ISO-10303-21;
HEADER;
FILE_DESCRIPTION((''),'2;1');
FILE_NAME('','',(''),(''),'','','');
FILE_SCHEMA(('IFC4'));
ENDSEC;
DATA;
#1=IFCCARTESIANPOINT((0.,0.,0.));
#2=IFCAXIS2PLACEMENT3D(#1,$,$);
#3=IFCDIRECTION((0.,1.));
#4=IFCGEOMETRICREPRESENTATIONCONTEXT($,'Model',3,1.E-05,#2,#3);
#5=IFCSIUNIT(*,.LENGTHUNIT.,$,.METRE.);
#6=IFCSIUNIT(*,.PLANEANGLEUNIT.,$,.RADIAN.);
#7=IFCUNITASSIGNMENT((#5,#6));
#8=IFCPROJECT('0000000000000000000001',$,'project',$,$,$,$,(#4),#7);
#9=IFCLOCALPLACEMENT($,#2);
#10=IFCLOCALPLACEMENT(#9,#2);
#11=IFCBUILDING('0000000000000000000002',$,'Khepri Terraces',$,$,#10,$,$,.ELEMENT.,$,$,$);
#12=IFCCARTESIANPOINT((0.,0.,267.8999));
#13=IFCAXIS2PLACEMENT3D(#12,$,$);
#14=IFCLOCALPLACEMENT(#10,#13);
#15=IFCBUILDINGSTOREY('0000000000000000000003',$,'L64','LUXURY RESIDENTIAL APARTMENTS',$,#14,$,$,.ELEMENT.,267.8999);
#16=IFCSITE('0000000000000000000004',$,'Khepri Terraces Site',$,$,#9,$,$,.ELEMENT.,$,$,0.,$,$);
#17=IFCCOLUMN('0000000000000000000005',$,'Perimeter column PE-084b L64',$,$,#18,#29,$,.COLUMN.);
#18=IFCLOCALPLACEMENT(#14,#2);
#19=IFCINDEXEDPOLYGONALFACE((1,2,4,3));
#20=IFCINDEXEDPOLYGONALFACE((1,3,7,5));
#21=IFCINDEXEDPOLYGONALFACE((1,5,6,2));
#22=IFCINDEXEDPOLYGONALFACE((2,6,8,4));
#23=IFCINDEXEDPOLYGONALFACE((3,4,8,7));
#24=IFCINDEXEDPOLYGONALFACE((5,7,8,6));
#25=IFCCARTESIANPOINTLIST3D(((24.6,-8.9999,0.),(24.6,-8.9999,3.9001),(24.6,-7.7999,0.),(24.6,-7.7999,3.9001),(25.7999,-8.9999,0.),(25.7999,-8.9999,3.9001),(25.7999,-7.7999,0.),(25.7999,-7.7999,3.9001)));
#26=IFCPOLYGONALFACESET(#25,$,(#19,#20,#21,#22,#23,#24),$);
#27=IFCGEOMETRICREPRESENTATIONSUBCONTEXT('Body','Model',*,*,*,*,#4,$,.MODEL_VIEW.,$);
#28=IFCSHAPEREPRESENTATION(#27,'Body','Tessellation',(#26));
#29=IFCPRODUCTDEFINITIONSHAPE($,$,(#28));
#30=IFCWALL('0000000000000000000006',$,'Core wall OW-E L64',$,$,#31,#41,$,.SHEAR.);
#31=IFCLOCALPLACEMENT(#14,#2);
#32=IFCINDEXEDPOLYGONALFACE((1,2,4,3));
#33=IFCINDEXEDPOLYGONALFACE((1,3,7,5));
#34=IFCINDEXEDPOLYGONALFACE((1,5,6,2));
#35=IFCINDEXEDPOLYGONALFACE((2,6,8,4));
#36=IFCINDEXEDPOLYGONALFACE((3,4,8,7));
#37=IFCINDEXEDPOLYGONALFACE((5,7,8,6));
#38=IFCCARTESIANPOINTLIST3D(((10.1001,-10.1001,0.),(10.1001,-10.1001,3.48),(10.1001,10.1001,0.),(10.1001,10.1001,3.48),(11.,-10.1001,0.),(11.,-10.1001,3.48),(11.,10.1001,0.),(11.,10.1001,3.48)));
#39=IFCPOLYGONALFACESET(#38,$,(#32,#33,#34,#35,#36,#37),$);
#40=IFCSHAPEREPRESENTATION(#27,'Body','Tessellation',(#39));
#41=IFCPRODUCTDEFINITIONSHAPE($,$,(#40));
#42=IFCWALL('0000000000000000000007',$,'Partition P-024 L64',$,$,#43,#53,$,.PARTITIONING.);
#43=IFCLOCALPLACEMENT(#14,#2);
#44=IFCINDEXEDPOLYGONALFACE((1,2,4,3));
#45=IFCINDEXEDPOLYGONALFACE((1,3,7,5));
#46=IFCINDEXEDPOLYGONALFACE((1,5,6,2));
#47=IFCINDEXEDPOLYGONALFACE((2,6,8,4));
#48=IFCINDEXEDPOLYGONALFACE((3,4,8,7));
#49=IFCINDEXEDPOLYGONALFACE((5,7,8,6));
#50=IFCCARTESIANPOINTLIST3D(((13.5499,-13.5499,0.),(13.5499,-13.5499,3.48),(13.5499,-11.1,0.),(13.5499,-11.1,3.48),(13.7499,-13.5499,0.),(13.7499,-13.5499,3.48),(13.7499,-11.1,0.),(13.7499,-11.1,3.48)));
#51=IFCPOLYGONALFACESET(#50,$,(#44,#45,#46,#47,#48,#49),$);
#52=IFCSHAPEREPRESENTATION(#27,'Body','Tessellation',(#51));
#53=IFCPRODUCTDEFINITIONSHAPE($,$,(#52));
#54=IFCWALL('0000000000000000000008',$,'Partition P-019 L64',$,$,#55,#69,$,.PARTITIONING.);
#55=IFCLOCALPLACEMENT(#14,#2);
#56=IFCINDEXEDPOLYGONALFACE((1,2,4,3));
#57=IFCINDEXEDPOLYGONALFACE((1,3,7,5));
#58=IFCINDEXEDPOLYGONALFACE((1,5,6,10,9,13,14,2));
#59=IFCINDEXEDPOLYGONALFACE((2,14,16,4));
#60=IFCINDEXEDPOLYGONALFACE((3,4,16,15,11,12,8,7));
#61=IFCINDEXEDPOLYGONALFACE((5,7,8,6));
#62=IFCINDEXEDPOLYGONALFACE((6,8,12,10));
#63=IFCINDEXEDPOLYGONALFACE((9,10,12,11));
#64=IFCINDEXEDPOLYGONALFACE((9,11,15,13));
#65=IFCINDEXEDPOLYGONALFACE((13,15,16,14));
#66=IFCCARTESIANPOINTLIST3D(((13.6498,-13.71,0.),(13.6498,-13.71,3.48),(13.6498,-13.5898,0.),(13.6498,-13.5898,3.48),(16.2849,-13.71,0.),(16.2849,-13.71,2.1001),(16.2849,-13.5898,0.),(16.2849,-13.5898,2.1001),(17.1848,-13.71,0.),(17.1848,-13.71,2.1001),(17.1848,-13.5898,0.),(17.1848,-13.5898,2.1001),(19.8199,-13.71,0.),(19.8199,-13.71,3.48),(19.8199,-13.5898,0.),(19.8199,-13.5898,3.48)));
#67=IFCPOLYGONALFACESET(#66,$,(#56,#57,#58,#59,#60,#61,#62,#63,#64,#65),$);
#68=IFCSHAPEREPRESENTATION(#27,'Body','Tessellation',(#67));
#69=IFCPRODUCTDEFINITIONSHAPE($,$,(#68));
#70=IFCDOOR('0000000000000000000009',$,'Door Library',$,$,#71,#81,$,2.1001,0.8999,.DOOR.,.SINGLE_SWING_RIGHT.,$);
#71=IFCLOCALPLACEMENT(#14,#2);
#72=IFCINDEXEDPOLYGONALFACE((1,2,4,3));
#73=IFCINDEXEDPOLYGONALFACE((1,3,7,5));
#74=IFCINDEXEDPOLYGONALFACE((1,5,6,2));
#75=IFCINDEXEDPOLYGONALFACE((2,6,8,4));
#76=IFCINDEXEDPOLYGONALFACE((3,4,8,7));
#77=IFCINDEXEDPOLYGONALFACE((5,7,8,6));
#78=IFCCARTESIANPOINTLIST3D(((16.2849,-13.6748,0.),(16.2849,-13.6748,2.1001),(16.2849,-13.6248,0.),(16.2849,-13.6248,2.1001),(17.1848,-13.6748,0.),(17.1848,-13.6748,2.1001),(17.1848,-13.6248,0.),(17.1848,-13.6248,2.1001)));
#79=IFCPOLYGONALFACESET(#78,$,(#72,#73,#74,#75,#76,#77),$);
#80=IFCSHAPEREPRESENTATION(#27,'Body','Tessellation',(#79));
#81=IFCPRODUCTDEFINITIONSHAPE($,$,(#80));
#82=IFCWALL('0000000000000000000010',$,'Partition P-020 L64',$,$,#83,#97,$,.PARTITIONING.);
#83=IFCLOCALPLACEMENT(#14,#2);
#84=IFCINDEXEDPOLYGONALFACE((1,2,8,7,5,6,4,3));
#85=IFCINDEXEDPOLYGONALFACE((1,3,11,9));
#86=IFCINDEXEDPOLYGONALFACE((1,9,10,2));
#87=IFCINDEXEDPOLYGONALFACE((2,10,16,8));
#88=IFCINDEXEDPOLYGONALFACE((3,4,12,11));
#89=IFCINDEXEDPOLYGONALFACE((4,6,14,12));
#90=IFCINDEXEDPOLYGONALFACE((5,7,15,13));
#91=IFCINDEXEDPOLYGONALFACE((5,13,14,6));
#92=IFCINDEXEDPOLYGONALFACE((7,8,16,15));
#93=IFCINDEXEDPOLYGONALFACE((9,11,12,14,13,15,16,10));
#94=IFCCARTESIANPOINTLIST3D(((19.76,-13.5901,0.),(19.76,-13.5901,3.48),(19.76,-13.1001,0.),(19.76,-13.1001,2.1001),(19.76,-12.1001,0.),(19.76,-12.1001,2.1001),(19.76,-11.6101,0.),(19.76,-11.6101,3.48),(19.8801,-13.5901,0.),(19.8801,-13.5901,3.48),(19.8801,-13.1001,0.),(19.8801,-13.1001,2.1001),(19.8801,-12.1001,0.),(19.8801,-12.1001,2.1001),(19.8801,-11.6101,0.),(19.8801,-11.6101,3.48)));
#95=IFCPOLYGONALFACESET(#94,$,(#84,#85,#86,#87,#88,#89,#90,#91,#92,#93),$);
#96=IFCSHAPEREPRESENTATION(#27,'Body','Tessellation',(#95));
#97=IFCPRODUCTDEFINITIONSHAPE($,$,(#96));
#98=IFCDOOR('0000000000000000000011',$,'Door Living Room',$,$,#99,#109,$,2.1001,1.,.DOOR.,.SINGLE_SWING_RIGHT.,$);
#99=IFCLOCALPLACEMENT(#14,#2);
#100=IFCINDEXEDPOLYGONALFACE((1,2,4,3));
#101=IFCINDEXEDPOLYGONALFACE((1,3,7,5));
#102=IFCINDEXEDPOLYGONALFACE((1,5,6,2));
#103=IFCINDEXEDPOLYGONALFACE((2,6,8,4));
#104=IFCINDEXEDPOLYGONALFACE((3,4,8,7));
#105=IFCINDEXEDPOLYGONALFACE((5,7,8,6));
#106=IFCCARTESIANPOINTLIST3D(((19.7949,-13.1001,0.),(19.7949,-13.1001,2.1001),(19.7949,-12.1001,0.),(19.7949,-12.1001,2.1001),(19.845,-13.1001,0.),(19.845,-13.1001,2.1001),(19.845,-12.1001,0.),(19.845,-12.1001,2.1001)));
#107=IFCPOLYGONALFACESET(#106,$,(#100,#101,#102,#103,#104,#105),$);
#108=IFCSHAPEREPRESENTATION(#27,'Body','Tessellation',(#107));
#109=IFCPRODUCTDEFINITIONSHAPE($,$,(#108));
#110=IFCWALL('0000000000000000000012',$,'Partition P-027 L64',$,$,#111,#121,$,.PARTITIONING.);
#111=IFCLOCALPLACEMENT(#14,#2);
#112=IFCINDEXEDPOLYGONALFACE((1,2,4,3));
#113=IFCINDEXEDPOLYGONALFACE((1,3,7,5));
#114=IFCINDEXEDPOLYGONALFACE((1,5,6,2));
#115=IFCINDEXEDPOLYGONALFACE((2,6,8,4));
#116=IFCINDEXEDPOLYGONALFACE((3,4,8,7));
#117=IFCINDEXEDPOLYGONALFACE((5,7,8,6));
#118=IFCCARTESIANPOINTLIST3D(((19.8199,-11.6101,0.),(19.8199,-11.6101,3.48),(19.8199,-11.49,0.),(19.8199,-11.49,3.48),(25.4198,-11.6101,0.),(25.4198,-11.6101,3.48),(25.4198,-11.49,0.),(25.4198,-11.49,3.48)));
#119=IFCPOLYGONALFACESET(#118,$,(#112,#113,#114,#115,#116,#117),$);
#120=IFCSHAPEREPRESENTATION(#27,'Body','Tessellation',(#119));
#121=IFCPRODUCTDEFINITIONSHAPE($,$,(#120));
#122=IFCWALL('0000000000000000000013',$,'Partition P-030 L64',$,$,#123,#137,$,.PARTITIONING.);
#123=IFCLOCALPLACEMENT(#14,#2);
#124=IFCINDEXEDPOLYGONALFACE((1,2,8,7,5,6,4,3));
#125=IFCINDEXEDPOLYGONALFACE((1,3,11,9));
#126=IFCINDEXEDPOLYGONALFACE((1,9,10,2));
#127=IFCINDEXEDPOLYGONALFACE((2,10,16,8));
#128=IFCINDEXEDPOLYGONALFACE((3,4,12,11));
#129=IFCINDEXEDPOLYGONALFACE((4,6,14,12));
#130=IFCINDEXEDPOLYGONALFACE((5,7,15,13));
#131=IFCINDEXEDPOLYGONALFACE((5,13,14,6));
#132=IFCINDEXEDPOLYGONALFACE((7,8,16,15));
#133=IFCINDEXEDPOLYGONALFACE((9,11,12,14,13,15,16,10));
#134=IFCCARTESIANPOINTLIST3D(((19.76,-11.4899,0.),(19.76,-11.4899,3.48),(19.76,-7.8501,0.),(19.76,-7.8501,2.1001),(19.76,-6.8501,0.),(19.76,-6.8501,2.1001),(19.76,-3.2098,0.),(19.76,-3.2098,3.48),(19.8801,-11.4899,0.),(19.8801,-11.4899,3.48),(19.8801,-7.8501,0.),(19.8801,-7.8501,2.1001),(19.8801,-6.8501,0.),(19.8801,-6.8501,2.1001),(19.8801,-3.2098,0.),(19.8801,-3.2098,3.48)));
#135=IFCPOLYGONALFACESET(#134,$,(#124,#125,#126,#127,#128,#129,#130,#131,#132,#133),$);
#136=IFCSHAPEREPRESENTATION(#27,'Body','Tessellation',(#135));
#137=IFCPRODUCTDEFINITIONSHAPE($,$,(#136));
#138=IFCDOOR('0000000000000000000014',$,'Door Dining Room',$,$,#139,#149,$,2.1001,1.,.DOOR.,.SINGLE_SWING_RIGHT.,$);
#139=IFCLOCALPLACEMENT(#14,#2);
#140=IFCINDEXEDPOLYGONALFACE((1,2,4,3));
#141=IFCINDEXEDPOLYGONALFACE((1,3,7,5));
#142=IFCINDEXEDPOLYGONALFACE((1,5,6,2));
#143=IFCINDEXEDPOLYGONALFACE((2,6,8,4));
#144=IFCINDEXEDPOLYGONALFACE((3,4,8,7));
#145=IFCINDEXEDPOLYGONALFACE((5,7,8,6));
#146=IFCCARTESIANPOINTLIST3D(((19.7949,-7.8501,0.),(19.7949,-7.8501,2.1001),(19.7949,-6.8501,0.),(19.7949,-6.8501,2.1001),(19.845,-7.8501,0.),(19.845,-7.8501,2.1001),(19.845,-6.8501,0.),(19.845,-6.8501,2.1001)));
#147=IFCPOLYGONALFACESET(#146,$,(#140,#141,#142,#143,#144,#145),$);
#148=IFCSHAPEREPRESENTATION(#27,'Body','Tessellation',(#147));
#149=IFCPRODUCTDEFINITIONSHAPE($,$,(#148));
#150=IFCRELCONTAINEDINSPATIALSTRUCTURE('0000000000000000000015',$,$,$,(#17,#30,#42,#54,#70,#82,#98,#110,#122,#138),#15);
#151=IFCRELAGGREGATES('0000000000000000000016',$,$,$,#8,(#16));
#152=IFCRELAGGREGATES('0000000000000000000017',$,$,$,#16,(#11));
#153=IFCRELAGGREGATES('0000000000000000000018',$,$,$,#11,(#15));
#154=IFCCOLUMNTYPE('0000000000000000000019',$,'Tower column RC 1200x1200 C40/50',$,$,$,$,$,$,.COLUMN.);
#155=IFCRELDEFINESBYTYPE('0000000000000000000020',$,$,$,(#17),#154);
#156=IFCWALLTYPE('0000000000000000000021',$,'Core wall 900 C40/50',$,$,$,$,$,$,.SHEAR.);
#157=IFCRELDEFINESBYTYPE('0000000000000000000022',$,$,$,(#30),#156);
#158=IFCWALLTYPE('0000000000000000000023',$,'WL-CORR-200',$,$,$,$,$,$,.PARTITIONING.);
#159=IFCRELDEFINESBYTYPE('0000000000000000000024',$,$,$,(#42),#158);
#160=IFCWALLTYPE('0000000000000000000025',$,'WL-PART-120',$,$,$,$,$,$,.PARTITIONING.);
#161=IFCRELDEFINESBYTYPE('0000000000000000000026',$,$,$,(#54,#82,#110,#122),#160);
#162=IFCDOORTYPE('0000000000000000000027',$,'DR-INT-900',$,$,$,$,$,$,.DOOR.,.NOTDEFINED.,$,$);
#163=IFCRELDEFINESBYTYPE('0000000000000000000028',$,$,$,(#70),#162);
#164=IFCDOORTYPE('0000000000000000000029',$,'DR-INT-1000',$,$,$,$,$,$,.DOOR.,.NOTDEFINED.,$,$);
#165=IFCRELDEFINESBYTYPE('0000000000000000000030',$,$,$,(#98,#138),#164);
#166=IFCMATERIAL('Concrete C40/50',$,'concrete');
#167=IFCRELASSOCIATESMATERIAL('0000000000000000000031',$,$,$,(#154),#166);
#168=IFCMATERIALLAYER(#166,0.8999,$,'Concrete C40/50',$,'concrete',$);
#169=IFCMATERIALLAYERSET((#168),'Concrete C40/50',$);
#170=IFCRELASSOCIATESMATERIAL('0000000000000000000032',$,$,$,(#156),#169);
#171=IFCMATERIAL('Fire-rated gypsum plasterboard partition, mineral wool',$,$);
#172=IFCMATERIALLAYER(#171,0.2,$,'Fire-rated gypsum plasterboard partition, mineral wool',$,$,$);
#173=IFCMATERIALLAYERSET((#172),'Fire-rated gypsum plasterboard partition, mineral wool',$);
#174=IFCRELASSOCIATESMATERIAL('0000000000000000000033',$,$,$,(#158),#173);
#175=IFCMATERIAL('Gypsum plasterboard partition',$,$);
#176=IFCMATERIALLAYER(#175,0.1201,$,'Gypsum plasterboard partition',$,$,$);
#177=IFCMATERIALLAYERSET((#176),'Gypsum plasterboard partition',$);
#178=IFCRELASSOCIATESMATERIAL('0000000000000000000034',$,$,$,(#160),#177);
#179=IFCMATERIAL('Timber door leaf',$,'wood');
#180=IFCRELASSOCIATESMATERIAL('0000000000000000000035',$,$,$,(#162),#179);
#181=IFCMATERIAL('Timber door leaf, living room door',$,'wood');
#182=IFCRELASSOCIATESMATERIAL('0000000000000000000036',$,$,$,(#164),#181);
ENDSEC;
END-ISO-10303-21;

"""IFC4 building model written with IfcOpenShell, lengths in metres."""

from ifc_helpers import new_model, si_unit, direction, frame, frame_2d, origin, origin_2d, place, context, subcontext, project, spatial, rectangle, extrude, material, layer, layer_set, material_profile, profile_set, type_object, element, fill, save


model = new_model("IFC4")

# Units and contexts
model_context = context("Model", 3, precision=1e-05, world=origin(), true_north=direction((0.0, 1.0)))
body_context = subcontext(model_context, "Body", "Model", "MODEL_VIEW")
ifc_project = project(units=[si_unit("LENGTHUNIT", "METRE"), si_unit("PLANEANGLEUNIT", "RADIAN")], contexts=[model_context])

# Site, building, storey
site_placement = place(None, origin())
site = spatial("IfcSite", under=ifc_project, at=site_placement, Name="Khepri Terraces Site", CompositionType="ELEMENT", RefElevation=0.0)
building_placement = place(site_placement, origin())
building = spatial("IfcBuilding", under=site, at=building_placement, Name="Khepri Terraces", CompositionType="ELEMENT")
storey_placement = place(building_placement, frame((0.0, 0.0, 267.8999)))
storey = spatial("IfcBuildingStorey", under=building, at=storey_placement, Name="L64", Description="LUXURY RESIDENTIAL APARTMENTS", CompositionType="ELEMENT", Elevation=267.8999)

# Column
ifc_material_1 = material(Name="Concrete C40/50", Category="concrete")
ifc_material_profile = material_profile(ifc_material_1, rectangle(XDim=1.2, YDim=1.2, at=origin_2d()), Name="Concrete C40/50", Category="concrete")
ifc_profile_set = profile_set([ifc_material_profile], Name="Concrete C40/50")
column_type = type_object("IfcColumnType", Name="Tower column RC 1200x1200 C40/50", PredefinedType="COLUMN", material=ifc_profile_set)
column_placement = place(storey_placement, frame((25.2, -8.3999, 0.0), z_axis=(0.0, 0.0, 1.0), x_axis=(1.0, 0.0, 0.0)))
element("IfcColumn", 1, at=column_placement, inside=storey, type_object=column_type, Name="Perimeter column PE-084b L64", PredefinedType="COLUMN", context=body_context, shape_type="SweptSolid", body=[
    extrude(rectangle(XDim=1.2, YDim=1.2, at=origin_2d()), origin(), (0.0, 0.0, 1.0), 3.9001),
])

# Walls
ifc_layer_1 = layer(ifc_material_1, 0.8999, Name="Concrete C40/50", Category="concrete")
ifc_layer_set_1 = layer_set([ifc_layer_1], Name="Concrete C40/50")
wall_type_1 = type_object("IfcWallType", Name="Core wall 900 C40/50", PredefinedType="SHEAR", material=ifc_layer_set_1)
wall_1_placement = place(storey_placement, frame((10.55, -10.1001, 0.0), z_axis=(0.0, 0.0, 1.0), x_axis=(0.0, 1.0, 0.0)))
element("IfcWall", 2, at=wall_1_placement, inside=storey, type_object=wall_type_1, Name="Core wall OW-E L64", PredefinedType="SHEAR", context=body_context, shape_type="SweptSolid", body=[
    extrude(rectangle(XDim=20.2002, YDim=0.8999, at=frame_2d((10.1001, 0.0))), origin(), (0.0, 0.0, 1.0), 3.48),
])
ifc_material_2 = material(Name="Fire-rated gypsum plasterboard partition, mineral wool")
ifc_layer_2 = layer(ifc_material_2, 0.2, Name="Fire-rated gypsum plasterboard partition, mineral wool")
ifc_layer_set_2 = layer_set([ifc_layer_2], Name="Fire-rated gypsum plasterboard partition, mineral wool")
wall_type_2 = type_object("IfcWallType", Name="WL-CORR-200", PredefinedType="PARTITIONING", material=ifc_layer_set_2)
wall_2_placement = place(storey_placement, frame((13.6499, -13.55, 0.0), z_axis=(0.0, 0.0, 1.0), x_axis=(0.0, 1.0, 0.0)))
element("IfcWall", 3, at=wall_2_placement, inside=storey, type_object=wall_type_2, Name="Partition P-024 L64", PredefinedType="PARTITIONING", context=body_context, shape_type="SweptSolid", body=[
    extrude(rectangle(XDim=2.45, YDim=0.2, at=frame_2d((1.2251, 0.0))), origin(), (0.0, 0.0, 1.0), 3.48),
])

# Walls, openings, doors
ifc_material_3 = material(Name="Gypsum plasterboard partition")
ifc_layer_3 = layer(ifc_material_3, 0.1201, Name="Gypsum plasterboard partition")
ifc_layer_set_3 = layer_set([ifc_layer_3], Name="Gypsum plasterboard partition")
wall_type_3 = type_object("IfcWallType", Name="WL-PART-120", PredefinedType="PARTITIONING", material=ifc_layer_set_3)
wall_3_placement = place(storey_placement, frame((13.6499, -13.6499, 0.0), z_axis=(0.0, 0.0, 1.0), x_axis=(1.0, 0.0, 0.0)))
wall_3 = element("IfcWall", 4, at=wall_3_placement, inside=storey, type_object=wall_type_3, Name="Partition P-019 L64", PredefinedType="PARTITIONING", context=body_context, shape_type="SweptSolid", body=[
    extrude(rectangle(XDim=6.1702, YDim=0.1201, at=frame_2d((3.085, 0.0))), origin(), (0.0, 0.0, 1.0), 3.48),
])
opening_1_placement = place(wall_3_placement, frame((2.635, 0.0, 0.0)))
opening_1 = element("IfcOpeningElement", 5, at=opening_1_placement, cuts=wall_3, PredefinedType="OPENING", context=body_context, shape_type="SweptSolid", body=[
    extrude(rectangle(XDim=0.8999, YDim=2.1001, at=frame_2d((0.45, 1.05))), frame((0.0, 0.0701, 0.0), z_axis=(0.0, -1.0, 0.0), x_axis=(1.0, 0.0, 0.0)), (0.0, 0.0, 1.0), 0.1401),
])
ifc_material_4 = material(Name="Timber door leaf", Category="wood")
door_type_1 = type_object("IfcDoorType", Name="DR-INT-900", OperationType="NOTDEFINED", PredefinedType="DOOR", material=ifc_material_4)
door_1_placement = place(opening_1_placement, frame((0.8999, 0.0, 0.0), z_axis=(0.0, 0.0, 1.0), x_axis=(-1.0, 0.0, 0.0)))
door_1 = element("IfcDoor", 6, at=door_1_placement, inside=storey, type_object=door_type_1, Name="Door Library", OperationType="SINGLE_SWING_RIGHT", OverallHeight=2.1001, OverallWidth=0.8999, PredefinedType="DOOR", context=body_context, shape_type="SweptSolid", body=[
    extrude(rectangle(XDim=0.8999, YDim=2.1001, at=frame_2d((0.45, 1.05))), frame((0.0, 0.0249, 0.0), z_axis=(0.0, -1.0, 0.0), x_axis=(1.0, 0.0, 0.0)), (0.0, 0.0, 1.0), 0.05),
])
fill(opening_1, door_1)
wall_4_placement = place(storey_placement, frame((19.8201, -13.5901, 0.0), z_axis=(0.0, 0.0, 1.0), x_axis=(0.0, 1.0, 0.0)))
wall_4 = element("IfcWall", 7, at=wall_4_placement, inside=storey, type_object=wall_type_3, Name="Partition P-020 L64", PredefinedType="PARTITIONING", context=body_context, shape_type="SweptSolid", body=[
    extrude(rectangle(XDim=1.98, YDim=0.1201, at=frame_2d((0.99, 0.0))), origin(), (0.0, 0.0, 1.0), 3.48),
])
opening_2_placement = place(wall_4_placement, frame((0.49, 0.0, 0.0)))
opening_2 = element("IfcOpeningElement", 8, at=opening_2_placement, cuts=wall_4, PredefinedType="OPENING", context=body_context, shape_type="SweptSolid", body=[
    extrude(rectangle(XDim=1.0, YDim=2.1001, at=frame_2d((0.5, 1.05))), frame((0.0, 0.0701, 0.0), z_axis=(0.0, -1.0, 0.0), x_axis=(1.0, 0.0, 0.0)), (0.0, 0.0, 1.0), 0.1401),
])
ifc_material_5 = material(Name="Timber door leaf, living room door", Category="wood")
door_type_2 = type_object("IfcDoorType", Name="DR-INT-1000", OperationType="NOTDEFINED", PredefinedType="DOOR", material=ifc_material_5)
door_2_placement = place(opening_2_placement, frame((1.0, 0.0, 0.0), z_axis=(0.0, 0.0, 1.0), x_axis=(-1.0, 0.0, 0.0)))
door_2 = element("IfcDoor", 9, at=door_2_placement, inside=storey, type_object=door_type_2, Name="Door Living Room", OperationType="SINGLE_SWING_RIGHT", OverallHeight=2.1001, OverallWidth=1.0, PredefinedType="DOOR", context=body_context, shape_type="SweptSolid", body=[
    extrude(rectangle(XDim=1.0, YDim=2.1001, at=frame_2d((0.5, 1.05))), frame((0.0, 0.0249, 0.0), z_axis=(0.0, -1.0, 0.0), x_axis=(1.0, 0.0, 0.0)), (0.0, 0.0, 1.0), 0.05),
])
fill(opening_2, door_2)

# Wall
wall_5_placement = place(storey_placement, frame((19.8201, -11.55, 0.0), z_axis=(0.0, 0.0, 1.0), x_axis=(1.0, 0.0, 0.0)))
element("IfcWall", 10, at=wall_5_placement, inside=storey, type_object=wall_type_3, Name="Partition P-027 L64", PredefinedType="PARTITIONING", context=body_context, shape_type="SweptSolid", body=[
    extrude(rectangle(XDim=5.5999, YDim=0.1201, at=frame_2d((2.7998, 0.0))), origin(), (0.0, 0.0, 1.0), 3.48),
])

# Wall, opening, door
wall_6_placement = place(storey_placement, frame((19.8201, -11.49, 0.0), z_axis=(0.0, 0.0, 1.0), x_axis=(0.0, 1.0, 0.0)))
wall_6 = element("IfcWall", 11, at=wall_6_placement, inside=storey, type_object=wall_type_3, Name="Partition P-030 L64", PredefinedType="PARTITIONING", context=body_context, shape_type="SweptSolid", body=[
    extrude(rectangle(XDim=8.28, YDim=0.1201, at=frame_2d((4.1401, 0.0))), origin(), (0.0, 0.0, 1.0), 3.48),
])
opening_3_placement = place(wall_6_placement, frame((3.6399, 0.0, 0.0)))
opening_3 = element("IfcOpeningElement", 12, at=opening_3_placement, cuts=wall_6, PredefinedType="OPENING", context=body_context, shape_type="SweptSolid", body=[
    extrude(rectangle(XDim=1.0, YDim=2.1001, at=frame_2d((0.5, 1.05))), frame((0.0, 0.0701, 0.0), z_axis=(0.0, -1.0, 0.0), x_axis=(1.0, 0.0, 0.0)), (0.0, 0.0, 1.0), 0.1401),
])
door_3_placement = place(opening_3_placement, frame((1.0, 0.0, 0.0), z_axis=(0.0, 0.0, 1.0), x_axis=(-1.0, 0.0, 0.0)))
door_3 = element("IfcDoor", 13, at=door_3_placement, inside=storey, type_object=door_type_2, Name="Door Dining Room", OperationType="SINGLE_SWING_RIGHT", OverallHeight=2.1001, OverallWidth=1.0, PredefinedType="DOOR", context=body_context, shape_type="SweptSolid", body=[
    extrude(rectangle(XDim=1.0, YDim=2.1001, at=frame_2d((0.5, 1.05))), frame((0.0, 0.0249, 0.0), z_axis=(0.0, -1.0, 0.0), x_axis=(1.0, 0.0, 0.0)), (0.0, 0.0, 1.0), 0.05),
])
fill(opening_3, door_3)

save(model, "model.ifc")
